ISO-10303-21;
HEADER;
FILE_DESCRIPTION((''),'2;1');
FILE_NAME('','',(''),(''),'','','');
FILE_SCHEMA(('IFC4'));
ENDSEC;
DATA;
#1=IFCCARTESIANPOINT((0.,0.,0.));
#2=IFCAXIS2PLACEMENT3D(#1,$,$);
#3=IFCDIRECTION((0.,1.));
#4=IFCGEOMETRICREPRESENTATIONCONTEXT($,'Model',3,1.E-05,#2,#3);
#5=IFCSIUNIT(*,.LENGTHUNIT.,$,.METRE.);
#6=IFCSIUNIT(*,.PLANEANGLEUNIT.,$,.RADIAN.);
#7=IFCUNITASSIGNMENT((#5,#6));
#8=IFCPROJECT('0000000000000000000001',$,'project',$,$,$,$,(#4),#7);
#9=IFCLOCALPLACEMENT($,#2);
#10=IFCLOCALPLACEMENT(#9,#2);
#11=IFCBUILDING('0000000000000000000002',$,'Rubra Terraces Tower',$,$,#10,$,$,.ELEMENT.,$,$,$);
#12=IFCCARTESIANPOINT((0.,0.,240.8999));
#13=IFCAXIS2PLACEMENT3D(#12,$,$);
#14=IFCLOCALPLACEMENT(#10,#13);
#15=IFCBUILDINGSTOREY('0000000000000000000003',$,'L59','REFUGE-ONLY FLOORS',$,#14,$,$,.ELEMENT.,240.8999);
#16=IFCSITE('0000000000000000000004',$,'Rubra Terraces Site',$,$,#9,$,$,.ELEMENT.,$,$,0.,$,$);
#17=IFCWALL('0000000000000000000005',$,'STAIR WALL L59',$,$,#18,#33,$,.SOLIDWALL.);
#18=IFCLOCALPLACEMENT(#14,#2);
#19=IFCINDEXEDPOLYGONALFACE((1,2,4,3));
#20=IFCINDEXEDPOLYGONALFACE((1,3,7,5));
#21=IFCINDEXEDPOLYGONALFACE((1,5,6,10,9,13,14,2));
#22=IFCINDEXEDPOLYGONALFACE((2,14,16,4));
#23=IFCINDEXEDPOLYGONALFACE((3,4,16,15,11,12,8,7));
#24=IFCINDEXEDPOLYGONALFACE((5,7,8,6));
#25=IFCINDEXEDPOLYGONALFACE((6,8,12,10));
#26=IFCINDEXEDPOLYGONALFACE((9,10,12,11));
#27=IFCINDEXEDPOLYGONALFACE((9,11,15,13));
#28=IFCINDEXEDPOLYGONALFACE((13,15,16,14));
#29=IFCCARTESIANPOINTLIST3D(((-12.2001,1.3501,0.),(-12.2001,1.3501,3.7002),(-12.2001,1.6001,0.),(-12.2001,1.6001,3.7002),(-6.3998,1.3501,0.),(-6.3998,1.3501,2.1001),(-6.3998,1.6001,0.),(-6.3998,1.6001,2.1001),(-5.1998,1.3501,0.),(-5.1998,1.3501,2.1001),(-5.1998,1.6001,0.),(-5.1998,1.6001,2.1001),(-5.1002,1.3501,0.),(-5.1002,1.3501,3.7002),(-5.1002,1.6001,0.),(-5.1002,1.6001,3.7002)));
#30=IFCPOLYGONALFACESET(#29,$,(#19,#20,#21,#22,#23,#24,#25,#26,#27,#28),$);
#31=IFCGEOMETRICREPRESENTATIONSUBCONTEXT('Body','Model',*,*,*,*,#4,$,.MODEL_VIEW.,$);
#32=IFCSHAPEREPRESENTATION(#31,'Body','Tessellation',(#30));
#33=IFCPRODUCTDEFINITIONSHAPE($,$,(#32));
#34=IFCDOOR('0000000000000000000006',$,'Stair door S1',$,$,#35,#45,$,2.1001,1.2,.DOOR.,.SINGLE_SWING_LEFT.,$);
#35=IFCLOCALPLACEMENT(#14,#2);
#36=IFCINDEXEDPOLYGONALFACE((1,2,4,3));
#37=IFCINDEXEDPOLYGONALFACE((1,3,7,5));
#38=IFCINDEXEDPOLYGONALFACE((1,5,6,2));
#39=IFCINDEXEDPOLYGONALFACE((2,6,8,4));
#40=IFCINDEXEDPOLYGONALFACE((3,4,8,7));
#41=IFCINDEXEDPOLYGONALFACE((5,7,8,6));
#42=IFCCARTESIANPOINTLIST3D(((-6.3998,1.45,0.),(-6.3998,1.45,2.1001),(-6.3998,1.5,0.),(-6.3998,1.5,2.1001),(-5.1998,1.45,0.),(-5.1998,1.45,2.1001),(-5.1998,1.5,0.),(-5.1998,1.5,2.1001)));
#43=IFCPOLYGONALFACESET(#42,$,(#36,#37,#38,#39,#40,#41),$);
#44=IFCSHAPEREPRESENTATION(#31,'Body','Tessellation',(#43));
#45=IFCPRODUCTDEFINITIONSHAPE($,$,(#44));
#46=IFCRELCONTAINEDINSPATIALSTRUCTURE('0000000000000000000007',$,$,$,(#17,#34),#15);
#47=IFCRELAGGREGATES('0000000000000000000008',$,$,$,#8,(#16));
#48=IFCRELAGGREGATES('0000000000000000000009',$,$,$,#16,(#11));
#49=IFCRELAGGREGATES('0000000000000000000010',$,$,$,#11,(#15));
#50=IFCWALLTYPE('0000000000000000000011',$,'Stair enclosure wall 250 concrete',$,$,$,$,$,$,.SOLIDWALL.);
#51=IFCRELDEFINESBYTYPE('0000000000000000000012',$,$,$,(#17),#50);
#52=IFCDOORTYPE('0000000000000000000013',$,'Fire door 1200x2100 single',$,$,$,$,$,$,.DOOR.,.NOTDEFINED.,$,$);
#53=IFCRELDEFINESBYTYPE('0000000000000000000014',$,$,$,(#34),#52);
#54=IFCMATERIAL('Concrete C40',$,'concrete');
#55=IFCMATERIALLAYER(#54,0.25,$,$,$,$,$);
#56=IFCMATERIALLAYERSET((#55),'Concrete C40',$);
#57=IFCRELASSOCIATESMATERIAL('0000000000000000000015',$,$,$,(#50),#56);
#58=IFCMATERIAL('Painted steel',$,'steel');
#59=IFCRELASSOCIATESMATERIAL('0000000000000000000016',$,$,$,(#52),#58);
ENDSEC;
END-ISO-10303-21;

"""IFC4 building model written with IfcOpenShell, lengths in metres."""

from ifc_helpers import new_model, si_unit, direction, frame, frame_2d, origin, place, context, subcontext, project, spatial, rectangle, extrude, material, layer, layer_set, type_object, element, fill, save


model = new_model("IFC4")

# Units and contexts
model_context = context("Model", 3, precision=1e-05, world=origin(), true_north=direction((0.0, 1.0)))
body_context = subcontext(model_context, "Body", "Model", "MODEL_VIEW")
ifc_project = project(units=[si_unit("LENGTHUNIT", "METRE"), si_unit("PLANEANGLEUNIT", "RADIAN")], contexts=[model_context])

# Site, building, storey
site_placement = place(None, origin())
site = spatial("IfcSite", under=ifc_project, at=site_placement, Name="Rubra Terraces Site", CompositionType="ELEMENT", RefElevation=0.0)
building_placement = place(site_placement, origin())
building = spatial("IfcBuilding", under=site, at=building_placement, Name="Rubra Terraces Tower", CompositionType="ELEMENT")
storey_placement = place(building_placement, frame((0.0, 0.0, 240.8999)))
storey = spatial("IfcBuildingStorey", under=building, at=storey_placement, Name="L59", Description="REFUGE-ONLY FLOORS", CompositionType="ELEMENT", Elevation=240.8999)

# Shared definitions
ifc_material_1 = material(Name="Painted steel", Category="steel")

# Wall, opening, door
ifc_material_2 = material(Name="Concrete C40", Category="concrete")
ifc_layer_1 = layer(ifc_material_2, 0.25)
ifc_layer_set_1 = layer_set([ifc_layer_1], Name="Concrete C40")
wall_type_1 = type_object("IfcWallType", Name="Stair enclosure wall 250 concrete", PredefinedType="SOLIDWALL", material=ifc_layer_set_1)
wall_1_placement = place(storey_placement, frame((-12.2, 1.4751, 0.0), z_axis=(0.0, 0.0, 1.0), x_axis=(1.0, 0.0, 0.0)))
wall_1 = element("IfcWall", 1, at=wall_1_placement, inside=storey, type_object=wall_type_1, Name="STAIR WALL L59", PredefinedType="SOLIDWALL", context=body_context, shape_type="SweptSolid", body=[
    extrude(rectangle(XDim=7.0999, YDim=0.25, at=frame_2d((3.5498, 0.0))), origin(), (0.0, 0.0, 1.0), 3.7002),
])
opening_1_placement = place(wall_1_placement, frame((5.8, 0.0, 0.0)))
opening_1 = element("IfcOpeningElement", 2, at=opening_1_placement, cuts=wall_1, PredefinedType="OPENING", context=body_context, shape_type="SweptSolid", body=[
    extrude(rectangle(XDim=1.2, YDim=2.1001, at=frame_2d((0.6001, 1.05))), frame((0.0, 0.135, 0.0), z_axis=(0.0, -1.0, 0.0), x_axis=(1.0, 0.0, 0.0)), (0.0, 0.0, 1.0), 0.27),
])
door_type_1 = type_object("IfcDoorType", Name="Fire door 1200x2100 single", OperationType="NOTDEFINED", PredefinedType="DOOR", material=ifc_material_1)
door_1_placement = place(opening_1_placement, origin())
door_1 = element("IfcDoor", 3, at=door_1_placement, inside=storey, type_object=door_type_1, Name="Stair door S1", OperationType="SINGLE_SWING_LEFT", OverallHeight=2.1001, OverallWidth=1.2, PredefinedType="DOOR", context=body_context, shape_type="SweptSolid", body=[
    extrude(rectangle(XDim=1.2, YDim=2.1001, at=frame_2d((0.6001, 1.05))), frame((0.0, 0.0249, 0.0), z_axis=(0.0, -1.0, 0.0), x_axis=(1.0, 0.0, 0.0)), (0.0, 0.0, 1.0), 0.05),
])
fill(opening_1, door_1)

save(model, "model.ifc")
